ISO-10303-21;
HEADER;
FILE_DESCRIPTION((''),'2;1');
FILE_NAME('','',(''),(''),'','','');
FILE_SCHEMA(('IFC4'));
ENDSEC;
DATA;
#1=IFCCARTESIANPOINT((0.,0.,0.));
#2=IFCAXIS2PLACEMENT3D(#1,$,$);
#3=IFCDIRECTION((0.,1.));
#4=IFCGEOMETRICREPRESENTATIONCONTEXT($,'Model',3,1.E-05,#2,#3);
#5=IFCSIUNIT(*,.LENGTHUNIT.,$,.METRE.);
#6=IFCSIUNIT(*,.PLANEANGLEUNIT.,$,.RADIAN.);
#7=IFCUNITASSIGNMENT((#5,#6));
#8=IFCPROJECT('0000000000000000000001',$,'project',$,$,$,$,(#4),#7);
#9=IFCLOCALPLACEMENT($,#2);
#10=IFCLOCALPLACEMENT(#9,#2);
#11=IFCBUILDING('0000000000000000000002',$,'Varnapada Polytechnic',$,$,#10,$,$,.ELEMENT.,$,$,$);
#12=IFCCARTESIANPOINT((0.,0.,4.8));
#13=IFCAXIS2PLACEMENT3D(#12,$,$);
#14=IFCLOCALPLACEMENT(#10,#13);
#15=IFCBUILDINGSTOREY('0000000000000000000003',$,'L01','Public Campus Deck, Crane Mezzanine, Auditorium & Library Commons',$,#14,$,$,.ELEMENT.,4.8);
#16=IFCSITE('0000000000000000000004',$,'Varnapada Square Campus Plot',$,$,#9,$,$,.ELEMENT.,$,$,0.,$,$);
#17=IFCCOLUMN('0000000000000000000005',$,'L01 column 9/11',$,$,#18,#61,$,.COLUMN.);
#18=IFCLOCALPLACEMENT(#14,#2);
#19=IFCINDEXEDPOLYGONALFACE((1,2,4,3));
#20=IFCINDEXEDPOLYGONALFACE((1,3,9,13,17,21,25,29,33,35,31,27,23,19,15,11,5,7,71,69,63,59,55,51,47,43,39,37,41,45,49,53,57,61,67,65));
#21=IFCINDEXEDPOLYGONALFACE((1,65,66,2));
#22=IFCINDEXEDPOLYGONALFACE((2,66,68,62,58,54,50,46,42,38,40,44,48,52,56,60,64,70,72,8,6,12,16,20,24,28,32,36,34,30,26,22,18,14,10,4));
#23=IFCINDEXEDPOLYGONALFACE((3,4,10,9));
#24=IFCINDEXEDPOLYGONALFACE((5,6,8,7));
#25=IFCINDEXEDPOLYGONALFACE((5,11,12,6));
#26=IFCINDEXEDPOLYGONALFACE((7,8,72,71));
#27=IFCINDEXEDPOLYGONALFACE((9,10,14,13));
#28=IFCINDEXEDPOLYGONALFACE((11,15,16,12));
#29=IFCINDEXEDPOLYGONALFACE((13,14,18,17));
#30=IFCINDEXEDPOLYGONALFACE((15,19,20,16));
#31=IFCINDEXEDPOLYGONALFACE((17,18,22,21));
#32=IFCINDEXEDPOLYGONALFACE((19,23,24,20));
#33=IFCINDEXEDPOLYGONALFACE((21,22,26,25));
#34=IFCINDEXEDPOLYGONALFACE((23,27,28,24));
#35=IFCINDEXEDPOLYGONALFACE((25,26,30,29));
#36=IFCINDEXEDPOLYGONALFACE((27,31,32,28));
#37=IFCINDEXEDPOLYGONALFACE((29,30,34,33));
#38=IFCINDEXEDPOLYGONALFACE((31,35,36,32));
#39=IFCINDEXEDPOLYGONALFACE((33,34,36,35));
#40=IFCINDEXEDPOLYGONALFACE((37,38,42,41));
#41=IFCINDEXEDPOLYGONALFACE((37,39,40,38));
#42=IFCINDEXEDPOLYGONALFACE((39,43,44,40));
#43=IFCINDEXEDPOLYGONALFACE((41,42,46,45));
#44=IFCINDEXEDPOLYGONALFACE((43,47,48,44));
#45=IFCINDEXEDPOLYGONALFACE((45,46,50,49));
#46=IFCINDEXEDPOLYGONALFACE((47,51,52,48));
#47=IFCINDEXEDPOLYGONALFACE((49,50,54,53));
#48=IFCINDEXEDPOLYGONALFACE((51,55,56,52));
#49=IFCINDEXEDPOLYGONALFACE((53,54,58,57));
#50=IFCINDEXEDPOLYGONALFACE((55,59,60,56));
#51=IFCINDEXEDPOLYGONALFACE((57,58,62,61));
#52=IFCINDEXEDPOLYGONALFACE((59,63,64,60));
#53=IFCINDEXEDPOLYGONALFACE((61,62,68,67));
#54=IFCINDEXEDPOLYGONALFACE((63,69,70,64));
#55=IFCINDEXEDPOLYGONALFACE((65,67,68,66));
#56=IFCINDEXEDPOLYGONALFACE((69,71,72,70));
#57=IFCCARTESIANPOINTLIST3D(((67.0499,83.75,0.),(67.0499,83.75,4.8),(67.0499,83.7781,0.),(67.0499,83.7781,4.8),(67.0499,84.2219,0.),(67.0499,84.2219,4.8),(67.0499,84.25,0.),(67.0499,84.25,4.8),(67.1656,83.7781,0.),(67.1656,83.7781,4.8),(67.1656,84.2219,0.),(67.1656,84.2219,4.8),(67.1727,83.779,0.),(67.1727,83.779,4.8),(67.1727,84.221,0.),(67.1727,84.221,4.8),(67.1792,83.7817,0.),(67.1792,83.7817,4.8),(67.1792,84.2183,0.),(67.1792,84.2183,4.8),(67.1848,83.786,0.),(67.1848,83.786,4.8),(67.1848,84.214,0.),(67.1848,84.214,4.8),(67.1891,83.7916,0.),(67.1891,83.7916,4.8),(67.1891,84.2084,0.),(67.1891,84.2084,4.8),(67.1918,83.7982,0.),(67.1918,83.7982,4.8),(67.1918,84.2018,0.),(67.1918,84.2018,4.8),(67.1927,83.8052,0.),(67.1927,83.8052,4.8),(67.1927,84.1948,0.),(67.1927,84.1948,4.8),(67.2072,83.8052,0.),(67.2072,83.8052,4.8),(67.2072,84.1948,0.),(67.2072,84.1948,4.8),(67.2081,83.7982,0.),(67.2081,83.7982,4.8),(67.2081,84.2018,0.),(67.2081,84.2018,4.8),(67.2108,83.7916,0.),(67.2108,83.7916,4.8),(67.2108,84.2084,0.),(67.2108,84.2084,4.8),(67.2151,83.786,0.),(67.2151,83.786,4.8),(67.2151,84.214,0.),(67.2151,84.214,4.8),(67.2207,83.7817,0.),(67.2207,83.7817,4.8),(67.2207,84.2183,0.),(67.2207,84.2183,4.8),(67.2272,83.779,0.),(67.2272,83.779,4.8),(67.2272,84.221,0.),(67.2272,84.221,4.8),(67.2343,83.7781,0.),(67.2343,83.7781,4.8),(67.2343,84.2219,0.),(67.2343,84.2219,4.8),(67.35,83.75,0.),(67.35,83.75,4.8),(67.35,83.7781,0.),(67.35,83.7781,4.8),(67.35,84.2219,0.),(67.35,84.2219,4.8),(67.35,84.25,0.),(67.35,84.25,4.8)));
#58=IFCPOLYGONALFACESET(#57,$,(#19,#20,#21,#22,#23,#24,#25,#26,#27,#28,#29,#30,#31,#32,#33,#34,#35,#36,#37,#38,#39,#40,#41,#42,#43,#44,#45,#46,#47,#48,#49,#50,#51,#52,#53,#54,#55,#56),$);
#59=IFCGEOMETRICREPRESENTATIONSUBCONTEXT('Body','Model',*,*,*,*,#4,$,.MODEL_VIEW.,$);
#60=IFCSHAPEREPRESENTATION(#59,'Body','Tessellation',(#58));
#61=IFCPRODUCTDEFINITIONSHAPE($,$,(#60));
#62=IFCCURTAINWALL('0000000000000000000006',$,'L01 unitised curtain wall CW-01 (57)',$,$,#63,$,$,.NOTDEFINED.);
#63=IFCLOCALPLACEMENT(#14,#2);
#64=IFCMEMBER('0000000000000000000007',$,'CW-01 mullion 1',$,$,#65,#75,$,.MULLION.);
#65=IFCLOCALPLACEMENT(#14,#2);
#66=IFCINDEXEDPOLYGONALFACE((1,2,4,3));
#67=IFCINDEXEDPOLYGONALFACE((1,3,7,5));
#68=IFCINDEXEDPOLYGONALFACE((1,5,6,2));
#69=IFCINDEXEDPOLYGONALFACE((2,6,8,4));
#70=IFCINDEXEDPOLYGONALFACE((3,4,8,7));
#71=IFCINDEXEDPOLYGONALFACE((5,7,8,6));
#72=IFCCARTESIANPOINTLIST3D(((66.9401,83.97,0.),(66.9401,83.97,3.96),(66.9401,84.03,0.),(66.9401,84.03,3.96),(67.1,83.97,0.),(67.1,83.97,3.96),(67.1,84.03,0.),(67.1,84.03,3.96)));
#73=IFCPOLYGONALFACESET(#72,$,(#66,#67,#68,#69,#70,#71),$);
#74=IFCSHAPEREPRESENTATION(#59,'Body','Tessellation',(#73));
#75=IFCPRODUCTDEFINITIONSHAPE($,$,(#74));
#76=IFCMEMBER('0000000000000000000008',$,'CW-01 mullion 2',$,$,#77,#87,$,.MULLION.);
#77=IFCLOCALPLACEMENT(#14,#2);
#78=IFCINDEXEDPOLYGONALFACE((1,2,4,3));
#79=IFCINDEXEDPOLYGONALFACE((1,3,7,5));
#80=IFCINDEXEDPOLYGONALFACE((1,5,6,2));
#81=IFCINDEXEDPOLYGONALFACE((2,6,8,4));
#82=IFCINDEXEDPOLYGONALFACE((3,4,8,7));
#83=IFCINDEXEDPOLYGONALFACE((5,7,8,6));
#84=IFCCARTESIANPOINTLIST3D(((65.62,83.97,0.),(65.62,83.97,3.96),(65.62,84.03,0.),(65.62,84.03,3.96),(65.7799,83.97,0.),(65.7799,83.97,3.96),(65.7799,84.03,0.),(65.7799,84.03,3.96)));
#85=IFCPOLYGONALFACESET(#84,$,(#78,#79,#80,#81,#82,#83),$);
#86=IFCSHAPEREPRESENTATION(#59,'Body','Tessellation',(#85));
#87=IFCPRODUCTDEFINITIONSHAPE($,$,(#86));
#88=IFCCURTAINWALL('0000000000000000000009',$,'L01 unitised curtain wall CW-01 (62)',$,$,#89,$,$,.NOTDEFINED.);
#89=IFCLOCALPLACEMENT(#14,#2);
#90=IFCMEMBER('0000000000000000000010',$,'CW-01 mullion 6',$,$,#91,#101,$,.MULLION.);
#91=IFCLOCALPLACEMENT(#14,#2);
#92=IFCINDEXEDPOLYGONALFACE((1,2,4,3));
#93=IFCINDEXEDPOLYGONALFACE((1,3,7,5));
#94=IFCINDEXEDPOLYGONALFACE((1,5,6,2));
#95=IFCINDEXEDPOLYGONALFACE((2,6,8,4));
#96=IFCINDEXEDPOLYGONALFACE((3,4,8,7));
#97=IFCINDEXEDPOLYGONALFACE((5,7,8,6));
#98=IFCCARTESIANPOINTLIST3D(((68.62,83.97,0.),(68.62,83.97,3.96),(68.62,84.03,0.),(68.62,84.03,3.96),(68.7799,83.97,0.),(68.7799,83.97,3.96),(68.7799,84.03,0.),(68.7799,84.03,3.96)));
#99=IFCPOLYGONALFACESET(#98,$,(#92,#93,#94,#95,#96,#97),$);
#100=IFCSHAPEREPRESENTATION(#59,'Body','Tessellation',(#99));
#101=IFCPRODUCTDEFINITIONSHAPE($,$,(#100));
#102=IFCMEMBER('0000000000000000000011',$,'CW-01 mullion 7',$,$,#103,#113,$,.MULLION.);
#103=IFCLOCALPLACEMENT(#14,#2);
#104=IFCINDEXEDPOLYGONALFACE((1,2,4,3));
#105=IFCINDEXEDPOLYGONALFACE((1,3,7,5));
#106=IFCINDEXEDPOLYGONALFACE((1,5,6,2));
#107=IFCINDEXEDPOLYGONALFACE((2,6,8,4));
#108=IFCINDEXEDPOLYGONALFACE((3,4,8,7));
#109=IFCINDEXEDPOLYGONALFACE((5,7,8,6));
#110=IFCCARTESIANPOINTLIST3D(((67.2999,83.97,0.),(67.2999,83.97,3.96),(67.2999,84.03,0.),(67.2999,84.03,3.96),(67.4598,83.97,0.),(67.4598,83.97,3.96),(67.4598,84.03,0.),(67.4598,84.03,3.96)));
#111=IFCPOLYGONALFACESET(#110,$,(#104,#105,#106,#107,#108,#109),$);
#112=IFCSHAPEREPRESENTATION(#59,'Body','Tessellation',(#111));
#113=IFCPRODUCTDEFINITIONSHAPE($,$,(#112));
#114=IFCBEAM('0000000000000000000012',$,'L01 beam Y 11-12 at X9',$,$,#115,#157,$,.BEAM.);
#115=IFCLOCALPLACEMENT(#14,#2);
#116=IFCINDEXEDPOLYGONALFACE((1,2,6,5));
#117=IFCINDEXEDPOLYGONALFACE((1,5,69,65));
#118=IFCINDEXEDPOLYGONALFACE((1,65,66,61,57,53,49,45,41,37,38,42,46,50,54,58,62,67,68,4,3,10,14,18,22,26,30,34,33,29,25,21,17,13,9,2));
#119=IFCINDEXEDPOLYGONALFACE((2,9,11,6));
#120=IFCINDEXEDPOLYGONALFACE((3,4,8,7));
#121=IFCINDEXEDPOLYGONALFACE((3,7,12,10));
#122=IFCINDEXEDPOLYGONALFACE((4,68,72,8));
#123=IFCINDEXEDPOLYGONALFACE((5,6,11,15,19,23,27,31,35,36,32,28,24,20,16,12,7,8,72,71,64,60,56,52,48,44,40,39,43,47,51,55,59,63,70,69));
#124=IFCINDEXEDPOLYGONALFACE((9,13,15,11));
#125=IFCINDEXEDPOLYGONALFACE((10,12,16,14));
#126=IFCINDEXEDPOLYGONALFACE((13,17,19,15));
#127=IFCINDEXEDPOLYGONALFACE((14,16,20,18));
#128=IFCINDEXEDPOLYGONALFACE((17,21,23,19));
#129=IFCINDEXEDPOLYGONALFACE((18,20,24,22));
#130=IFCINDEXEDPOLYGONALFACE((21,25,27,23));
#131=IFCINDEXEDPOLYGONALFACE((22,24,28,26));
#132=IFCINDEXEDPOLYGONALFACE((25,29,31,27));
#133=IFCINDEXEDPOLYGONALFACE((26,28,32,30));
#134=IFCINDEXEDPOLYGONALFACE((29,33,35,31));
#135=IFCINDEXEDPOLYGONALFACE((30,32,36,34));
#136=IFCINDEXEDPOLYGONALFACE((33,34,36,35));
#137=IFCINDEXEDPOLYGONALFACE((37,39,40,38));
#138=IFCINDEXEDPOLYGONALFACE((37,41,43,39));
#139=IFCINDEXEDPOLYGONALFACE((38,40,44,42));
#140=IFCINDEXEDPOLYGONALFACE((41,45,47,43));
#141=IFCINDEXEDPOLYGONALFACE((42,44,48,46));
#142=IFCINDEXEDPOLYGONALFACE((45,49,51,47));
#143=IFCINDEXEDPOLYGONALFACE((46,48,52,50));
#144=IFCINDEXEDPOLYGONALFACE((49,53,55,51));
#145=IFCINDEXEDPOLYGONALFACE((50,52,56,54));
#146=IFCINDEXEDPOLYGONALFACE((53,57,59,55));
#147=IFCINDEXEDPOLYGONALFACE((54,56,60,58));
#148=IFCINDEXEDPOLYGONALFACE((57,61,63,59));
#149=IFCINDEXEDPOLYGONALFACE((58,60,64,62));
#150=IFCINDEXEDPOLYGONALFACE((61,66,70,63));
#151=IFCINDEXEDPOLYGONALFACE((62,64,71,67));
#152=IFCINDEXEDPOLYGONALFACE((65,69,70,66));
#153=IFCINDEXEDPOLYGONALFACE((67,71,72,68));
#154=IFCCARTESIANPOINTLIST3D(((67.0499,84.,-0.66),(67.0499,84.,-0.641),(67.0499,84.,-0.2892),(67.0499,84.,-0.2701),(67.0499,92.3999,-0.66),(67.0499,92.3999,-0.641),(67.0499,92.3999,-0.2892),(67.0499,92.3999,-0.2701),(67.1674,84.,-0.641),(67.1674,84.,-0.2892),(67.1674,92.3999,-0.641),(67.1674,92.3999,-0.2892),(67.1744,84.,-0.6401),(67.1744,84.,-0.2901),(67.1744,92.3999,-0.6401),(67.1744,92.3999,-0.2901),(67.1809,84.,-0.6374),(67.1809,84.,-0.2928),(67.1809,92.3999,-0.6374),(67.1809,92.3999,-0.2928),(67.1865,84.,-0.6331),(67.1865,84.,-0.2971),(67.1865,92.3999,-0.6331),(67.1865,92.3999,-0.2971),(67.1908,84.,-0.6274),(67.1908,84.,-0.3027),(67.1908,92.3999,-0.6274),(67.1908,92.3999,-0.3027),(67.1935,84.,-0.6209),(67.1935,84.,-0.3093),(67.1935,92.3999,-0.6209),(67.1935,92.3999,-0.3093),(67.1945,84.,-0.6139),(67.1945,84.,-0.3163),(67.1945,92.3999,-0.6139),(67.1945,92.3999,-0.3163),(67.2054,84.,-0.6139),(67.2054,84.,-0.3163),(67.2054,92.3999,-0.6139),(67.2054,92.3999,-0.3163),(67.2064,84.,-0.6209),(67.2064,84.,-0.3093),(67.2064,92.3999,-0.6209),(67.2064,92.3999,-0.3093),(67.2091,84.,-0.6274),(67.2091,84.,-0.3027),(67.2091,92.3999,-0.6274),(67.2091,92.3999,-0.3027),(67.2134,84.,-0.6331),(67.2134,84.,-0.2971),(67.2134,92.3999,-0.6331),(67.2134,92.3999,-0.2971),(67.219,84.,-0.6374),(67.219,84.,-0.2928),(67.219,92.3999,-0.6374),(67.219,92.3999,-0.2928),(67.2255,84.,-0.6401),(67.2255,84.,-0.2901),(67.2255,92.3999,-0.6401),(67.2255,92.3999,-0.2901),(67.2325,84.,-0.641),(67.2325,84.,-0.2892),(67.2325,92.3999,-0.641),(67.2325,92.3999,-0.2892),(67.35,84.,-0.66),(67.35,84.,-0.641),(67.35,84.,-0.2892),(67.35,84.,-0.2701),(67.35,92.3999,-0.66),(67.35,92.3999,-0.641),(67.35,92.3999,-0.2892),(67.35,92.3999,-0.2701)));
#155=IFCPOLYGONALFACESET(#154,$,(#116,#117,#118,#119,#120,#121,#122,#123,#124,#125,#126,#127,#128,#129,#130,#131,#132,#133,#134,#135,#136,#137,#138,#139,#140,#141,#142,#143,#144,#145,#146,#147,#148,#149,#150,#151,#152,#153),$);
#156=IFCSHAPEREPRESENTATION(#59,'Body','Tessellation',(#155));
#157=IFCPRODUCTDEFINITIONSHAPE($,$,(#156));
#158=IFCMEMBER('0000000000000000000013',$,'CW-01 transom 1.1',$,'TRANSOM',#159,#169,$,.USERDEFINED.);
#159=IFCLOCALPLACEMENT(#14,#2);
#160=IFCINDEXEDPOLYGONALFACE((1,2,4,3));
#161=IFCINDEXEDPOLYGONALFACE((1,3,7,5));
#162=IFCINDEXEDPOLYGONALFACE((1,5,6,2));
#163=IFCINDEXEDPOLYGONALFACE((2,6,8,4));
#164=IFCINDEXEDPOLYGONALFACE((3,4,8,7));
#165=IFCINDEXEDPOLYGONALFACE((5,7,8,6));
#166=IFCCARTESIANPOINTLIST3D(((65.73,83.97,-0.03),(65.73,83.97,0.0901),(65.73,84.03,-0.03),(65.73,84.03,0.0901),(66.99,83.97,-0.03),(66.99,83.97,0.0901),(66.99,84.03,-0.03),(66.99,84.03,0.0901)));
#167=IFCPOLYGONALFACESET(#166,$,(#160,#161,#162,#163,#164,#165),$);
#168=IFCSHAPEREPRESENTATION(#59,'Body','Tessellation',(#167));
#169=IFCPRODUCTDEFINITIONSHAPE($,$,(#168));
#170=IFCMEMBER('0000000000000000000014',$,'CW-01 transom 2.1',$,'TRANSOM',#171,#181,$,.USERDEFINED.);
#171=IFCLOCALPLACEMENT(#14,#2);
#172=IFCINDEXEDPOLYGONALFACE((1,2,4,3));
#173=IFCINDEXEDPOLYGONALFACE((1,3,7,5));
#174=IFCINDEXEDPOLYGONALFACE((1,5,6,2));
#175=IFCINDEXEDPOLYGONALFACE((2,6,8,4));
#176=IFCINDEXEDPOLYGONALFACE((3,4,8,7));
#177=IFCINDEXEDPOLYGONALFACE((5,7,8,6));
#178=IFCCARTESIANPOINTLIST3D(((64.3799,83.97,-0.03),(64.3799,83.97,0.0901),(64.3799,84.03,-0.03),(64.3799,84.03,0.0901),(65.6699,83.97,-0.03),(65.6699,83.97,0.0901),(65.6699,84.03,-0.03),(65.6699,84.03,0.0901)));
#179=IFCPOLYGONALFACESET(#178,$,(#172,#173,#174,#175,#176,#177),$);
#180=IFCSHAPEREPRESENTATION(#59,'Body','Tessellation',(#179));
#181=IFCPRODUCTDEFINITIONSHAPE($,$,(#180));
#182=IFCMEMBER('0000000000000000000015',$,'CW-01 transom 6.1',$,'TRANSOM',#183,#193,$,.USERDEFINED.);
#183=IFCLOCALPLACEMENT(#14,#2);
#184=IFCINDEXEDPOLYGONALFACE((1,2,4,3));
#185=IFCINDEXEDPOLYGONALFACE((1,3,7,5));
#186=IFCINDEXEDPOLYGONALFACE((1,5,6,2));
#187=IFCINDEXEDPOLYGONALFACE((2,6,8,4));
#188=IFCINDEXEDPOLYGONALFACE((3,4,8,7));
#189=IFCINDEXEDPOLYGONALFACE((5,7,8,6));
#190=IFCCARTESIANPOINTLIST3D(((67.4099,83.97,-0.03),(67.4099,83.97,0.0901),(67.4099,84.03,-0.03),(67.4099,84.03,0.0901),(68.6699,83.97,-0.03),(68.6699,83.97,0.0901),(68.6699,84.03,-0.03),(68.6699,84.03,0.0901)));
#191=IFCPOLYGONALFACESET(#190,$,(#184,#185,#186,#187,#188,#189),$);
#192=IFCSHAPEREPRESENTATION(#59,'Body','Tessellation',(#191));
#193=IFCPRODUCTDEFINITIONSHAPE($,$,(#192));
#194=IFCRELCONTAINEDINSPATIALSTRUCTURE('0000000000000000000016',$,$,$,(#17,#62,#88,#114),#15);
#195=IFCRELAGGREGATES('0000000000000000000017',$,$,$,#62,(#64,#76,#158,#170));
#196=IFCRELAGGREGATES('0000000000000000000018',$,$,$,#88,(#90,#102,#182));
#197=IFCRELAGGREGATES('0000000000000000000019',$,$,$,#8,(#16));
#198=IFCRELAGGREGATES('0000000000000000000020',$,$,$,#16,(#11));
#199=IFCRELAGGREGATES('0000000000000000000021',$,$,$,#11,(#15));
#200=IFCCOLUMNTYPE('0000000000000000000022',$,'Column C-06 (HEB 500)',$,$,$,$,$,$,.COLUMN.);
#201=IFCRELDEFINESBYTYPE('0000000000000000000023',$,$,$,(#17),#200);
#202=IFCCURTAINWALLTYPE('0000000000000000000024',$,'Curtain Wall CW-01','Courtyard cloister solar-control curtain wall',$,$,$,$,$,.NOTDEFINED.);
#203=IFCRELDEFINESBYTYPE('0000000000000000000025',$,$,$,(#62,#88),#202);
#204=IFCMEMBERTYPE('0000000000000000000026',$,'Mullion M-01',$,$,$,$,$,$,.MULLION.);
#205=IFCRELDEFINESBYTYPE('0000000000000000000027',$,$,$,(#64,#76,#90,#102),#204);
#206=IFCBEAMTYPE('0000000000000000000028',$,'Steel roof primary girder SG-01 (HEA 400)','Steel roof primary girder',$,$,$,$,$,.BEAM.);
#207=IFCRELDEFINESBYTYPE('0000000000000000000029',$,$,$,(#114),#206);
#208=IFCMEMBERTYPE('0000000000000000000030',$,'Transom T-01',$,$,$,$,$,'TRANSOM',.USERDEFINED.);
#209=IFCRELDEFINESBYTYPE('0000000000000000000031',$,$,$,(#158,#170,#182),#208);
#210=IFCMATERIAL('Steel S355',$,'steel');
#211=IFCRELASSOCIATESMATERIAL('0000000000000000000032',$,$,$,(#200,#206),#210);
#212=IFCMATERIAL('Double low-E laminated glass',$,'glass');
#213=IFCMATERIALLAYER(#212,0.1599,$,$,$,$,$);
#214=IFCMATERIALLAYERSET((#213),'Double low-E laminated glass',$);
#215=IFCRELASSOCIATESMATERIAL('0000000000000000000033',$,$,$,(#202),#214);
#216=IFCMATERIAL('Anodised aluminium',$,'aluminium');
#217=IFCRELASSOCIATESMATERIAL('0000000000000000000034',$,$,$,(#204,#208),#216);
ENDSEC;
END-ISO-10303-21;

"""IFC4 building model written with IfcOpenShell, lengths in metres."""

from ifc_helpers import new_model, si_unit, direction, frame, origin, origin_2d, place, context, subcontext, project, spatial, rectangle, i_section, extrude, material, layer, layer_set, material_profile, profile_set, type_object, element, aggregate, save


model = new_model("IFC4")

# Units and contexts
model_context = context("Model", 3, precision=1e-05, world=origin(), true_north=direction((0.0, 1.0)))
body_context = subcontext(model_context, "Body", "Model", "MODEL_VIEW")
ifc_project = project(units=[si_unit("LENGTHUNIT", "METRE"), si_unit("PLANEANGLEUNIT", "RADIAN")], contexts=[model_context])

# Site, building, storey
site_placement = place(None, origin())
site = spatial("IfcSite", under=ifc_project, at=site_placement, Name="Varnapada Square Campus Plot", CompositionType="ELEMENT", RefElevation=0.0)
building_placement = place(site_placement, origin())
building = spatial("IfcBuilding", under=site, at=building_placement, Name="Varnapada Polytechnic", CompositionType="ELEMENT")
storey_placement = place(building_placement, frame((0.0, 0.0, 4.8)))
storey = spatial("IfcBuildingStorey", under=building, at=storey_placement, Name="L01", Description="Public Campus Deck, Crane Mezzanine, Auditorium & Library Commons", CompositionType="ELEMENT", Elevation=4.8)

# Column
ifc_material_1 = material(Name="Steel S355", Category="steel")
ifc_material_profile_1 = material_profile(ifc_material_1, i_section(OverallWidth=0.3, OverallDepth=0.5, WebThickness=0.0144, FlangeThickness=0.0281, FilletRadius=0.0271, at=origin_2d()), Name="HEB 500")
ifc_profile_set_1 = profile_set([ifc_material_profile_1], Name="Steel S355")
column_type = type_object("IfcColumnType", Name="Column C-06 (HEB 500)", PredefinedType="COLUMN", material=ifc_profile_set_1)
column_placement = place(storey_placement, frame((67.2, 84.0, 0.0), z_axis=(0.0, 0.0, 1.0), x_axis=(1.0, 0.0, 0.0)))
element("IfcColumn", 1, at=column_placement, inside=storey, type_object=column_type, Name="L01 column 9/11", PredefinedType="COLUMN", context=body_context, shape_type="SweptSolid", body=[
    extrude(i_section(OverallWidth=0.3, OverallDepth=0.5, WebThickness=0.0144, FlangeThickness=0.0281, FilletRadius=0.0271, at=origin_2d()), origin(), (0.0, 0.0, 1.0), 4.8),
])

# Curtain walls, members
ifc_material_2 = material(Name="Double low-E laminated glass", Category="glass")
ifc_layer_1 = layer(ifc_material_2, 0.1599)
ifc_layer_set_1 = layer_set([ifc_layer_1], Name="Double low-E laminated glass")
curtain_wall_type = type_object("IfcCurtainWallType", Name="Curtain Wall CW-01", Description="Courtyard cloister solar-control curtain wall", PredefinedType="NOTDEFINED", material=ifc_layer_set_1)
curtain_wall_1_placement = place(storey_placement, origin())
curtain_wall_1 = element("IfcCurtainWall", 2, at=curtain_wall_1_placement, inside=storey, type_object=curtain_wall_type, Name="L01 unitised curtain wall CW-01 (57)", PredefinedType="NOTDEFINED")
ifc_material_3 = material(Name="Anodised aluminium", Category="aluminium")
ifc_material_profile_2 = material_profile(ifc_material_3, rectangle(XDim=0.0601, YDim=0.1599, at=origin_2d()), Name="ALU M60x160")
ifc_profile_set_2 = profile_set([ifc_material_profile_2], Name="Anodised aluminium")
member_type_1 = type_object("IfcMemberType", Name="Mullion M-01", PredefinedType="MULLION", material=ifc_profile_set_2)
member_1_placement = place(storey_placement, frame((67.02, 84.0, 0.0), z_axis=(0.0, 0.0, 1.0), x_axis=(0.0, -1.0, 0.0)))
member_1 = element("IfcMember", 3, at=member_1_placement, type_object=member_type_1, Name="CW-01 mullion 1", PredefinedType="MULLION", context=body_context, shape_type="SweptSolid", body=[
    extrude(rectangle(XDim=0.0601, YDim=0.1599, at=origin_2d()), origin(), (0.0, 0.0, 1.0), 3.96),
])
member_2_placement = place(storey_placement, frame((65.7, 84.0, 0.0), z_axis=(0.0, 0.0, 1.0), x_axis=(0.0, -1.0, 0.0)))
member_2 = element("IfcMember", 4, at=member_2_placement, type_object=member_type_1, Name="CW-01 mullion 2", PredefinedType="MULLION", context=body_context, shape_type="SweptSolid", body=[
    extrude(rectangle(XDim=0.0601, YDim=0.1599, at=origin_2d()), origin(), (0.0, 0.0, 1.0), 3.96),
])
curtain_wall_2_placement = place(storey_placement, origin())
curtain_wall_2 = element("IfcCurtainWall", 5, at=curtain_wall_2_placement, inside=storey, type_object=curtain_wall_type, Name="L01 unitised curtain wall CW-01 (62)", PredefinedType="NOTDEFINED")
member_3_placement = place(storey_placement, frame((68.7, 84.0, 0.0), z_axis=(0.0, 0.0, 1.0), x_axis=(0.0, -1.0, 0.0)))
member_3 = element("IfcMember", 6, at=member_3_placement, type_object=member_type_1, Name="CW-01 mullion 6", PredefinedType="MULLION", context=body_context, shape_type="SweptSolid", body=[
    extrude(rectangle(XDim=0.0601, YDim=0.1599, at=origin_2d()), origin(), (0.0, 0.0, 1.0), 3.96),
])
member_4_placement = place(storey_placement, frame((67.3799, 84.0, 0.0), z_axis=(0.0, 0.0, 1.0), x_axis=(0.0, -1.0, 0.0)))
member_4 = element("IfcMember", 7, at=member_4_placement, type_object=member_type_1, Name="CW-01 mullion 7", PredefinedType="MULLION", context=body_context, shape_type="SweptSolid", body=[
    extrude(rectangle(XDim=0.0601, YDim=0.1599, at=origin_2d()), origin(), (0.0, 0.0, 1.0), 3.96),
])

# Beam
ifc_material_profile_3 = material_profile(ifc_material_1, i_section(OverallWidth=0.3, OverallDepth=0.3899, WebThickness=0.011, FlangeThickness=0.019, FilletRadius=0.0271, at=origin_2d()), Name="HEA 400")
ifc_profile_set_3 = profile_set([ifc_material_profile_3], Name="Steel S355")
beam_type_1 = type_object("IfcBeamType", Name="Steel roof primary girder SG-01 (HEA 400)", Description="Steel roof primary girder", PredefinedType="BEAM", material=ifc_profile_set_3)
beam_1_placement = place(storey_placement, frame((67.2, 84.0, -0.4651), z_axis=(0.0, 1.0, 0.0), x_axis=(-1.0, 0.0, 0.0)))
element("IfcBeam", 8, at=beam_1_placement, inside=storey, type_object=beam_type_1, Name="L01 beam Y 11-12 at X9", PredefinedType="BEAM", context=body_context, shape_type="SweptSolid", body=[
    extrude(i_section(OverallWidth=0.3, OverallDepth=0.3899, WebThickness=0.011, FlangeThickness=0.019, FilletRadius=0.0271, at=origin_2d()), origin(), (0.0, 0.0, 1.0), 8.3999),
])

# Members
ifc_material_profile_4 = material_profile(ifc_material_3, rectangle(XDim=0.0601, YDim=0.1201, at=origin_2d()), Name="ALU T60x120")
ifc_profile_set_4 = profile_set([ifc_material_profile_4], Name="Anodised aluminium")
member_type_2 = type_object("IfcMemberType", Name="Transom T-01", ElementType="TRANSOM", PredefinedType="USERDEFINED", material=ifc_profile_set_4)
member_5_placement = place(storey_placement, frame((66.99, 84.0, 0.03), z_axis=(-1.0, 0.0, 0.0), x_axis=(0.0, -1.0, 0.0)))
member_5 = element("IfcMember", 9, at=member_5_placement, type_object=member_type_2, Name="CW-01 transom 1.1", ObjectType="TRANSOM", PredefinedType="USERDEFINED", context=body_context, shape_type="SweptSolid", body=[
    extrude(rectangle(XDim=0.0601, YDim=0.1201, at=origin_2d()), origin(), (0.0, 0.0, 1.0), 1.26),
])
member_6_placement = place(storey_placement, frame((65.6699, 84.0, 0.03), z_axis=(-1.0, 0.0, 0.0), x_axis=(0.0, -1.0, 0.0)))
member_6 = element("IfcMember", 10, at=member_6_placement, type_object=member_type_2, Name="CW-01 transom 2.1", ObjectType="TRANSOM", PredefinedType="USERDEFINED", context=body_context, shape_type="SweptSolid", body=[
    extrude(rectangle(XDim=0.0601, YDim=0.1201, at=origin_2d()), origin(), (0.0, 0.0, 1.0), 1.29),
])
aggregate(curtain_wall_1, [member_1, member_2, member_5, member_6])
member_7_placement = place(storey_placement, frame((68.6699, 84.0, 0.03), z_axis=(-1.0, 0.0, 0.0), x_axis=(0.0, -1.0, 0.0)))
member_7 = element("IfcMember", 11, at=member_7_placement, type_object=member_type_2, Name="CW-01 transom 6.1", ObjectType="TRANSOM", PredefinedType="USERDEFINED", context=body_context, shape_type="SweptSolid", body=[
    extrude(rectangle(XDim=0.0601, YDim=0.1201, at=origin_2d()), origin(), (0.0, 0.0, 1.0), 1.26),
])
aggregate(curtain_wall_2, [member_3, member_4, member_7])

save(model, "model.ifc")
